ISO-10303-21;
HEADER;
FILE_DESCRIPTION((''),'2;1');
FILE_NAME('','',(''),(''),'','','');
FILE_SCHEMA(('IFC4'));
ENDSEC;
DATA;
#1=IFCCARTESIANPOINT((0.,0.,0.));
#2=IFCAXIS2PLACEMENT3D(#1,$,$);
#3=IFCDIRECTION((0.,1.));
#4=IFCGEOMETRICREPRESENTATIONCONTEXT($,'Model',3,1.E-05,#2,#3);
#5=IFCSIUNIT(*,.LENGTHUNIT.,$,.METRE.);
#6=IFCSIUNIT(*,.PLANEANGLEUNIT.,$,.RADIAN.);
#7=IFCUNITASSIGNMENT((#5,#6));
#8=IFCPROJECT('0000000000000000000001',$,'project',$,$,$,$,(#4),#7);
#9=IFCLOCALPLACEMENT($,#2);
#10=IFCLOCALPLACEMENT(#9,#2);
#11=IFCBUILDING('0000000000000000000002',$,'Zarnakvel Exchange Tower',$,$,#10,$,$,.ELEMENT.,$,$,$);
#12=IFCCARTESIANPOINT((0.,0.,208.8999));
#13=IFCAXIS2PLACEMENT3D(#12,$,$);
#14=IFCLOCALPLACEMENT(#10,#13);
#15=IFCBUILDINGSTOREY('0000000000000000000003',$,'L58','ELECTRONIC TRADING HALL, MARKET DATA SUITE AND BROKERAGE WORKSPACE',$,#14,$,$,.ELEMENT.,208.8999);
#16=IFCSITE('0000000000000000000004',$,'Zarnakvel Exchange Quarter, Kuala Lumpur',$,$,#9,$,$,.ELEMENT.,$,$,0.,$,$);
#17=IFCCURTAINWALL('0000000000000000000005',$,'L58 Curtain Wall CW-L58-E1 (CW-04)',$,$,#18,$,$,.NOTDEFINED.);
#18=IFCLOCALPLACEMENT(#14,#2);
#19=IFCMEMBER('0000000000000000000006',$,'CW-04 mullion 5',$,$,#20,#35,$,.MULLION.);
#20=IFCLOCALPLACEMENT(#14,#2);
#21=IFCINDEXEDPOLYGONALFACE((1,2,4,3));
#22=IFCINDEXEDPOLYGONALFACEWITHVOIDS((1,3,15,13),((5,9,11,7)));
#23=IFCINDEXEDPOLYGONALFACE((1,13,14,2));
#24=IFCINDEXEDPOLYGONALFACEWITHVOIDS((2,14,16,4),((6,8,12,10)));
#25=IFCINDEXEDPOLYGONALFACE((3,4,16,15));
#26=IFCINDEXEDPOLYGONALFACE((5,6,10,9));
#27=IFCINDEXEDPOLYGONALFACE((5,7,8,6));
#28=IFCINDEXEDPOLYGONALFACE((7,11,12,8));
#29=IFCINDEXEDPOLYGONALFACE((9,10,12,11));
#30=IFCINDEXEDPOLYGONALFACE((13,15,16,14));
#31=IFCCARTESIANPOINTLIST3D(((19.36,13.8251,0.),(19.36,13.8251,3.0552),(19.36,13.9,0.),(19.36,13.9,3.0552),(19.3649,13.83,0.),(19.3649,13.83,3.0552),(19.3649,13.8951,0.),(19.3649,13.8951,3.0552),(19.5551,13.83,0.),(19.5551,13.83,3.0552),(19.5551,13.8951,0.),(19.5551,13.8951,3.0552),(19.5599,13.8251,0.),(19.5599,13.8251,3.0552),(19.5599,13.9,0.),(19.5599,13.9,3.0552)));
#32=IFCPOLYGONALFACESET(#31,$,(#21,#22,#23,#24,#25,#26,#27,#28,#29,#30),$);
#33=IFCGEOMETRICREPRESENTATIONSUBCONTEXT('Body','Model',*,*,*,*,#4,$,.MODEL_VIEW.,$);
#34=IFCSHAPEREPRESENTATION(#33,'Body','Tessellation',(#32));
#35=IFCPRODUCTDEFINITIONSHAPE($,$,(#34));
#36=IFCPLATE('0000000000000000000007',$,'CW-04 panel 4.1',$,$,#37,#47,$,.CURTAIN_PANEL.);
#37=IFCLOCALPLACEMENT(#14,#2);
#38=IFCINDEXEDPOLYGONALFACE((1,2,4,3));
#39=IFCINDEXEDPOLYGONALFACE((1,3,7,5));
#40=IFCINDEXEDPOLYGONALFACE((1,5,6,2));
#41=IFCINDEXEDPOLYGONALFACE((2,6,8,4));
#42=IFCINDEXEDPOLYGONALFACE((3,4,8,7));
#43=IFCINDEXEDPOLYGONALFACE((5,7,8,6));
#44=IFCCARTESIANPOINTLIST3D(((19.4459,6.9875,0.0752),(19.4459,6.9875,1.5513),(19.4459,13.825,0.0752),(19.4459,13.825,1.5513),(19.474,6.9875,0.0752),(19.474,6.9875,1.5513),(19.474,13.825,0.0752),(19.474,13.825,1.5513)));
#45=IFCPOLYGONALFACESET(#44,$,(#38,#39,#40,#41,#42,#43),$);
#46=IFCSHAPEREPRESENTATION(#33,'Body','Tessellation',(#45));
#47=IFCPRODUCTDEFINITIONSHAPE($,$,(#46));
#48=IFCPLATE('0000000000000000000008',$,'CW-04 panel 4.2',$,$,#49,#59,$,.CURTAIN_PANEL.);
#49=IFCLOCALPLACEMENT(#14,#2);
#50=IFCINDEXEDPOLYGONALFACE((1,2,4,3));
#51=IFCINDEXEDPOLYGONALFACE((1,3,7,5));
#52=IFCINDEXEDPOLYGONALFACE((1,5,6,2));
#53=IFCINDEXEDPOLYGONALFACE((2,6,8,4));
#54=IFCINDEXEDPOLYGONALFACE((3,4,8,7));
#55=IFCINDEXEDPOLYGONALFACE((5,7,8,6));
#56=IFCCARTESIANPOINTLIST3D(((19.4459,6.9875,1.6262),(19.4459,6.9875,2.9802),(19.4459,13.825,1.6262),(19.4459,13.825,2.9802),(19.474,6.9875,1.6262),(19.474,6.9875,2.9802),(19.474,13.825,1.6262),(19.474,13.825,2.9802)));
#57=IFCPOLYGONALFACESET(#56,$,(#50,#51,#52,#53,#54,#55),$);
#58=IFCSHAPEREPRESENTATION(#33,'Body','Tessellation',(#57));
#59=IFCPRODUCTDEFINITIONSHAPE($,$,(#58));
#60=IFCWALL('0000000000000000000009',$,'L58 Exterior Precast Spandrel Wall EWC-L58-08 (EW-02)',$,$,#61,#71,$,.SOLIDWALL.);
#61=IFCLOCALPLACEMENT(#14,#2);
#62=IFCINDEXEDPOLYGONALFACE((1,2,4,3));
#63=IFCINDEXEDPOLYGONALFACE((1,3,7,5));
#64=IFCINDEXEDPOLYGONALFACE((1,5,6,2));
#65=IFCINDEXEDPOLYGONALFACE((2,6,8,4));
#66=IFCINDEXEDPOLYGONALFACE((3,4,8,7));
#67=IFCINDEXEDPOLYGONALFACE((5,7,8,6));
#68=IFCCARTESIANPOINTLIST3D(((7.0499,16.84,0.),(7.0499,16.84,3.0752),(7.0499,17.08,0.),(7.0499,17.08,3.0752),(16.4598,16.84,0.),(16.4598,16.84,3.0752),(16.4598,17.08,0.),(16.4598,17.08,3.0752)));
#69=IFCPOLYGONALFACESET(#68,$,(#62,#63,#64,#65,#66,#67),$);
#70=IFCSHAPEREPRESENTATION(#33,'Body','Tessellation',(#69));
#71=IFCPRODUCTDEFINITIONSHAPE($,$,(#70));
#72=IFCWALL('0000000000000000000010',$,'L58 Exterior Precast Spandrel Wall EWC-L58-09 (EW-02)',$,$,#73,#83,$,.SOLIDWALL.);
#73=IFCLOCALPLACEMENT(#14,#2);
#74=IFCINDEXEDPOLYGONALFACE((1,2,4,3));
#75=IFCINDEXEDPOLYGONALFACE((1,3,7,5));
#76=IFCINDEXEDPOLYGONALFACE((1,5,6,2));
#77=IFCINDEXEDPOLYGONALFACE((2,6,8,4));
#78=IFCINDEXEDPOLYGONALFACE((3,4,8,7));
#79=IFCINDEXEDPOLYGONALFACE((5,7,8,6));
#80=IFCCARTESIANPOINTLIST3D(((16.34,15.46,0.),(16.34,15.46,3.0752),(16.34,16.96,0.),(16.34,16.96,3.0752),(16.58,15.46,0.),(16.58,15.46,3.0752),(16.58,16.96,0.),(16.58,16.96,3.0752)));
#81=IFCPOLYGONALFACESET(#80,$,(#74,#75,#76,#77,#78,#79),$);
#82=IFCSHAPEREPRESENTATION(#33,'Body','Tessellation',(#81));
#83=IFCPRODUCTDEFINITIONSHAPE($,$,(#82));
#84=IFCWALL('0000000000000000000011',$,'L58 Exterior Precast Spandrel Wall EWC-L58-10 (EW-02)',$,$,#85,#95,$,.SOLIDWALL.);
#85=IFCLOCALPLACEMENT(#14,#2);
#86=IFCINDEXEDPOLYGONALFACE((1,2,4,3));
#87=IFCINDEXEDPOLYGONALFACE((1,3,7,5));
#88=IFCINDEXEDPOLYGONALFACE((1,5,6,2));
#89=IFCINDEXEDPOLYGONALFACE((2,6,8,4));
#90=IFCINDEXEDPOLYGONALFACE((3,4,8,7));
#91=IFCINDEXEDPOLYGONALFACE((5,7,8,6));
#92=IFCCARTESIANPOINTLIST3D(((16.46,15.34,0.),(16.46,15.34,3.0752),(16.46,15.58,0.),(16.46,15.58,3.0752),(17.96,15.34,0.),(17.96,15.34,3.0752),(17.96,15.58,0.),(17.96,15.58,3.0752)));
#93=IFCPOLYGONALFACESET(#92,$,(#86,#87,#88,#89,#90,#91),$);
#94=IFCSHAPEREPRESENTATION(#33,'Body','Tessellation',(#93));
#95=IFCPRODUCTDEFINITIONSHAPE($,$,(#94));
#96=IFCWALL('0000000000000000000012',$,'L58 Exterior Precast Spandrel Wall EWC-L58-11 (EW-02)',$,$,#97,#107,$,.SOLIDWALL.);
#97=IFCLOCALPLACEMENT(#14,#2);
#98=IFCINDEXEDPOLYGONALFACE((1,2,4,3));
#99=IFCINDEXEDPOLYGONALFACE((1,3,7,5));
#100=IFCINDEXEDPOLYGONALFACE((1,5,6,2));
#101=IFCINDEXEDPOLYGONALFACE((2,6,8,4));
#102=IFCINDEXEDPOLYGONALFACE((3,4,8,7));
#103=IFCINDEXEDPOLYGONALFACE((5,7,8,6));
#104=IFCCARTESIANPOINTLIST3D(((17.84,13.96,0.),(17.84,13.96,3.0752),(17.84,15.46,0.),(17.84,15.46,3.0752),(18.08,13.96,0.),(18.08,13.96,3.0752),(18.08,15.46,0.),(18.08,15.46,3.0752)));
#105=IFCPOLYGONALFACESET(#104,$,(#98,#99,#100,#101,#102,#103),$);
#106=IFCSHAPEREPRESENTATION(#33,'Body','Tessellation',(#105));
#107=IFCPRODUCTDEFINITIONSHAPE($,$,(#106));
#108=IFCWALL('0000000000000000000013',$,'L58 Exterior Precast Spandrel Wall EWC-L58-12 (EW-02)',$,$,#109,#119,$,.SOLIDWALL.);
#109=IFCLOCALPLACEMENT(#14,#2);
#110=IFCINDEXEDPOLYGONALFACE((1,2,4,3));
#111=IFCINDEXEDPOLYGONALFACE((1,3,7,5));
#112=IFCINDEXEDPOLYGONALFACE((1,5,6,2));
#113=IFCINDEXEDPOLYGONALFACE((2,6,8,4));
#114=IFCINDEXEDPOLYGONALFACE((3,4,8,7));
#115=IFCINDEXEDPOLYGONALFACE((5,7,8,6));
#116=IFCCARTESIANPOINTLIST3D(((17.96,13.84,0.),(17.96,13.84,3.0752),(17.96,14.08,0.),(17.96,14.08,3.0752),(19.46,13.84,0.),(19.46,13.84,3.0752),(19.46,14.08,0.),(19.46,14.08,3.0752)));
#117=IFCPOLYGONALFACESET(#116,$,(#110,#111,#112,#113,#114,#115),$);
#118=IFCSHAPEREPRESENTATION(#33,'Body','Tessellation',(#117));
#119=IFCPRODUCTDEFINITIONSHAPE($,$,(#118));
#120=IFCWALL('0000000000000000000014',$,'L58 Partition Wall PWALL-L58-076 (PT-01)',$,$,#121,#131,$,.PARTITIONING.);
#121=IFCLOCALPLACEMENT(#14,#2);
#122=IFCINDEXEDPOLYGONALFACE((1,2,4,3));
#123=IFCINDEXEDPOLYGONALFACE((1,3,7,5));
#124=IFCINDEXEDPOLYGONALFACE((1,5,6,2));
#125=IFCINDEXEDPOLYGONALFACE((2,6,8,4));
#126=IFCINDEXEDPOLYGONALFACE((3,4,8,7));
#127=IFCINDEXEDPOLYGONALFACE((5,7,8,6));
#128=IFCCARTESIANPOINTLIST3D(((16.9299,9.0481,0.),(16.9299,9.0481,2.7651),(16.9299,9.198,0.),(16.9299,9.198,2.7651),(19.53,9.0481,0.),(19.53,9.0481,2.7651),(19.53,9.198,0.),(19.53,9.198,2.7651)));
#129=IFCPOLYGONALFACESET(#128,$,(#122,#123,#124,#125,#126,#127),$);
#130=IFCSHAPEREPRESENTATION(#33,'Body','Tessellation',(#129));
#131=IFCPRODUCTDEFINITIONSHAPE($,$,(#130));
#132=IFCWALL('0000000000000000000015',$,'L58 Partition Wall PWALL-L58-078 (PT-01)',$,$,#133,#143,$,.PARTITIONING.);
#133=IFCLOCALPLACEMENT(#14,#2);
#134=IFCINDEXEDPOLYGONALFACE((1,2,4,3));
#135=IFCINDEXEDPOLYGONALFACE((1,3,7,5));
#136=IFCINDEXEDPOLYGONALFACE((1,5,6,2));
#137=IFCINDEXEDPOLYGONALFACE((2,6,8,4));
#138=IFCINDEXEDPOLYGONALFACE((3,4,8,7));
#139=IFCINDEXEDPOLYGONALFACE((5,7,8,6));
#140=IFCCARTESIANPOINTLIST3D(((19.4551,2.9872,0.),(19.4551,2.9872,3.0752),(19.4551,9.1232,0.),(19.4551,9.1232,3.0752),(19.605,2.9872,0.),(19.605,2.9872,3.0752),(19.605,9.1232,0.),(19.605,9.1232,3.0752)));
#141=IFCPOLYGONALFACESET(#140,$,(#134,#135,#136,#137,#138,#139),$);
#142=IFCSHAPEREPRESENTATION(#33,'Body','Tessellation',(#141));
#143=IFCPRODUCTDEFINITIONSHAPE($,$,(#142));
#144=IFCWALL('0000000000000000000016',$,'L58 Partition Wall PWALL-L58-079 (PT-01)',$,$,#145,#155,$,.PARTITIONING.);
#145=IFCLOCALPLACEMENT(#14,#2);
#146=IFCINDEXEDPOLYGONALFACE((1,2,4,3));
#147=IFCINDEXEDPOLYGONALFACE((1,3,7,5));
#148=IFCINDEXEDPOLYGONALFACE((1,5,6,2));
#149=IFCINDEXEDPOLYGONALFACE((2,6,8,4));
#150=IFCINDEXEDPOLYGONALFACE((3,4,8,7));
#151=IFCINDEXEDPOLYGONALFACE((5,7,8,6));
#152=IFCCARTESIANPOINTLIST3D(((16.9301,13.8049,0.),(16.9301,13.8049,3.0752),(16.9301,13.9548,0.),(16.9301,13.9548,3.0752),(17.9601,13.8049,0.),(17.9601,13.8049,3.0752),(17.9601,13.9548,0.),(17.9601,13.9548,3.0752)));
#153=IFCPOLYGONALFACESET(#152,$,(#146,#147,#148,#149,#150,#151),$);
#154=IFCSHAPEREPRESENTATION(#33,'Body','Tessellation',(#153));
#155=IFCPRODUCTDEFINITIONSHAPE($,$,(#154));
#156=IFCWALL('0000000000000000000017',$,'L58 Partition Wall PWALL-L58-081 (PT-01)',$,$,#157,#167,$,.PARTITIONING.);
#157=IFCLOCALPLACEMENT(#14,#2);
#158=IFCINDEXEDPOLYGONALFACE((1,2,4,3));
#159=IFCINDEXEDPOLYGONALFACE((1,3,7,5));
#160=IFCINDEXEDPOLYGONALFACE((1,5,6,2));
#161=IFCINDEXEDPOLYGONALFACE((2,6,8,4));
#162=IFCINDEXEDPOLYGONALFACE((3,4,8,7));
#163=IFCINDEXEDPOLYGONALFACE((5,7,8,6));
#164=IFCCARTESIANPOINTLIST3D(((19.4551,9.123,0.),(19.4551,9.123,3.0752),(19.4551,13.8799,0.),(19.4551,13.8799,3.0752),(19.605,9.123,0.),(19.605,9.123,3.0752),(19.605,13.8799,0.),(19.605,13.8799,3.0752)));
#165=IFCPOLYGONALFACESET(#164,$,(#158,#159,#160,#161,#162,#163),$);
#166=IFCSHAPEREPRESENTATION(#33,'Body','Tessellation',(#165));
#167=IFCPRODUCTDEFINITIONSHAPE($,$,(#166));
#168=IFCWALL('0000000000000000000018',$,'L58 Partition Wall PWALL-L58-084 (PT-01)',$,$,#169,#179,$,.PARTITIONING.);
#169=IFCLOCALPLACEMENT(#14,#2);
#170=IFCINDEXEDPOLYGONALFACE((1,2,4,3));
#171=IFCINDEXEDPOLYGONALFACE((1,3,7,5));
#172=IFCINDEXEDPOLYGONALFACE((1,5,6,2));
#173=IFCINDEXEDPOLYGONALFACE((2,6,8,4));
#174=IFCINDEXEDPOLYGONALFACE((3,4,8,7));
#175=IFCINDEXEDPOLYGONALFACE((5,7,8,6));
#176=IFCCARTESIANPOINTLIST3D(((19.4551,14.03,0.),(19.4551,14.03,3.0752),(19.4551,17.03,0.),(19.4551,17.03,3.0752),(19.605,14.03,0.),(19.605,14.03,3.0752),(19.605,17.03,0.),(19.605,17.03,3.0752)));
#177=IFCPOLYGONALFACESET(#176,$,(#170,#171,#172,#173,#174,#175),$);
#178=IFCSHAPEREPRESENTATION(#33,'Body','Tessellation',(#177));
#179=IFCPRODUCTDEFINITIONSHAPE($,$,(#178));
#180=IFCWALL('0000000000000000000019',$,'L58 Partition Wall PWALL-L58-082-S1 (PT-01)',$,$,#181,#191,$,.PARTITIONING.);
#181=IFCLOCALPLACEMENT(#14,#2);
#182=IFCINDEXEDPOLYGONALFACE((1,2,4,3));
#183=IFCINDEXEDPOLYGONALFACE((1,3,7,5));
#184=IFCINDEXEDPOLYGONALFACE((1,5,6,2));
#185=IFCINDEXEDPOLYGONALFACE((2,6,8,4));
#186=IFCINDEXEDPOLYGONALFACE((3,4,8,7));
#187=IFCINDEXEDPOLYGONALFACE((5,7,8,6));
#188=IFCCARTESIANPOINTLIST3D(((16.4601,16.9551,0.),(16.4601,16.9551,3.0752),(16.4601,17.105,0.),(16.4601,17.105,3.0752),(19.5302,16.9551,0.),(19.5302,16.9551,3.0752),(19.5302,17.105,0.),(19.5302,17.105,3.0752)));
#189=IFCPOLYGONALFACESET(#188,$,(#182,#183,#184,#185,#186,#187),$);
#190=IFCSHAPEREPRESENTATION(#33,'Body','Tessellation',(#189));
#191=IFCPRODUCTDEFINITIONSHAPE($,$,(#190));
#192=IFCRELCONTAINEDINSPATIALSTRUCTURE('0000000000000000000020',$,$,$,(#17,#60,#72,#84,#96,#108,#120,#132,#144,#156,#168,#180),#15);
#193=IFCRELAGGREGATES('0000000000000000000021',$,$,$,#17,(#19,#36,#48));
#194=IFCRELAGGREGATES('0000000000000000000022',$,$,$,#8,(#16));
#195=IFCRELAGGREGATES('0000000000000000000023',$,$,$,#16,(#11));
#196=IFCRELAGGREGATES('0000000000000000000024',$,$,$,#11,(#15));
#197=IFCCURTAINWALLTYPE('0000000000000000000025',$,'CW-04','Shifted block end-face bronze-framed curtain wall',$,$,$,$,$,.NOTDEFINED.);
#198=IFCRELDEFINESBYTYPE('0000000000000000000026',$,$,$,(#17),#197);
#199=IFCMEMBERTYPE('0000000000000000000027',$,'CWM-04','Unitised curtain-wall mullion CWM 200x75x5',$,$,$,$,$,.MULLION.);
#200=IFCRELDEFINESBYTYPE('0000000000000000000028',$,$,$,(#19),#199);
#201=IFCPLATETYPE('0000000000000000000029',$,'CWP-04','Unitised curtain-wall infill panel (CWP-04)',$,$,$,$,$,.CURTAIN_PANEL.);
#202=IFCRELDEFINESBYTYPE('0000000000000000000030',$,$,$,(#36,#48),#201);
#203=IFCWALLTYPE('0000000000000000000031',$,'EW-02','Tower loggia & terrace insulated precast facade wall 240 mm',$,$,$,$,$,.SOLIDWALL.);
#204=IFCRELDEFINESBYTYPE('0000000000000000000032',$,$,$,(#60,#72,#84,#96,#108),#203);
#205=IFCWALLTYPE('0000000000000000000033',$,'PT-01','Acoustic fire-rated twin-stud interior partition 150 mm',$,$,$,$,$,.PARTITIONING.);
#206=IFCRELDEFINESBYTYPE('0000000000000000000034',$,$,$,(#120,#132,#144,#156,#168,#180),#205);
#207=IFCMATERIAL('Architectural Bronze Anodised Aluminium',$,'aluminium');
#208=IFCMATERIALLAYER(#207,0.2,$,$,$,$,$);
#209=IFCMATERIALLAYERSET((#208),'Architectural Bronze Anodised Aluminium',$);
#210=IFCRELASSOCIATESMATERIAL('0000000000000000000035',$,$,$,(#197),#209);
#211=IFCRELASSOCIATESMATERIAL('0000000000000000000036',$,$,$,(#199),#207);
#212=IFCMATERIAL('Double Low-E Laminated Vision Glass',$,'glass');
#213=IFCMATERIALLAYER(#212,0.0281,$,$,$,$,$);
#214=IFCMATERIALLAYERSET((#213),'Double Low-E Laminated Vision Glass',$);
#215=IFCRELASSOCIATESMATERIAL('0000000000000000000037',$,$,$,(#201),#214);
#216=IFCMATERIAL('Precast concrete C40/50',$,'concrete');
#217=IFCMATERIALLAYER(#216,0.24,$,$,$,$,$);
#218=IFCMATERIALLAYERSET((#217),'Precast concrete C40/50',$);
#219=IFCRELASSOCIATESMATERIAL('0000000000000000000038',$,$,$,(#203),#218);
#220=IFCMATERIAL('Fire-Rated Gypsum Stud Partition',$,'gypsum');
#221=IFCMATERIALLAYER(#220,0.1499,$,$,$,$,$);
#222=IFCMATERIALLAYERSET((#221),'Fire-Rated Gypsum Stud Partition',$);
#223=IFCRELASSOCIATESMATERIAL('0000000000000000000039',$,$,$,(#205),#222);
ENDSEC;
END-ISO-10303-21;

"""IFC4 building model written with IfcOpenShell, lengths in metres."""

from ifc_helpers import new_model, si_unit, direction, frame, frame_2d, origin, origin_2d, place, context, subcontext, project, spatial, rectangle, hollow_rectangle, extrude, source, transform, mapped, material, layer, layer_set, material_profile, profile_set, type_object, element, aggregate, save


model = new_model("IFC4")

# Units and contexts
model_context = context("Model", 3, precision=1e-05, world=origin(), true_north=direction((0.0, 1.0)))
body_context = subcontext(model_context, "Body", "Model", "MODEL_VIEW")
ifc_project = project(units=[si_unit("LENGTHUNIT", "METRE"), si_unit("PLANEANGLEUNIT", "RADIAN")], contexts=[model_context])

# Site, building, storey
site_placement = place(None, origin())
site = spatial("IfcSite", under=ifc_project, at=site_placement, Name="Zarnakvel Exchange Quarter, Kuala Lumpur", CompositionType="ELEMENT", RefElevation=0.0)
building_placement = place(site_placement, origin())
building = spatial("IfcBuilding", under=site, at=building_placement, Name="Zarnakvel Exchange Tower", CompositionType="ELEMENT")
storey_placement = place(building_placement, frame((0.0, 0.0, 208.8999)))
storey = spatial("IfcBuildingStorey", under=building, at=storey_placement, Name="L58", Description="ELECTRONIC TRADING HALL, MARKET DATA SUITE AND BROKERAGE WORKSPACE", CompositionType="ELEMENT", Elevation=208.8999)

# Curtain wall, member, plates
ifc_material_1 = material(Name="Architectural Bronze Anodised Aluminium", Category="aluminium")
ifc_layer_1 = layer(ifc_material_1, 0.2)
ifc_layer_set_1 = layer_set([ifc_layer_1], Name="Architectural Bronze Anodised Aluminium")
curtain_wall_type = type_object("IfcCurtainWallType", Name="CW-04", Description="Shifted block end-face bronze-framed curtain wall", PredefinedType="NOTDEFINED", material=ifc_layer_set_1)
curtain_wall_placement = place(storey_placement, origin())
curtain_wall = element("IfcCurtainWall", 1, at=curtain_wall_placement, inside=storey, type_object=curtain_wall_type, Name="L58 Curtain Wall CW-L58-E1 (CW-04)", PredefinedType="NOTDEFINED")
ifc_material_profile_1 = material_profile(ifc_material_1, hollow_rectangle(XDim=0.2, YDim=0.075, WallThickness=0.0049, at=origin_2d()))
ifc_profile_set_1 = profile_set([ifc_material_profile_1], Name="Architectural Bronze Anodised Aluminium")
member_type = type_object("IfcMemberType", Name="CWM-04", Description="Unitised curtain-wall mullion CWM 200x75x5", PredefinedType="MULLION", material=ifc_profile_set_1)
shared_shape_1 = source(origin(), body_context, "Body", "SweptSolid", [
    extrude(hollow_rectangle(XDim=0.2, YDim=0.075, WallThickness=0.0049, at=origin_2d()), origin(), (0.0, 0.0, 1.0), 3.0552),
])
member_placement = place(storey_placement, frame((19.46, 13.8625, 0.0), z_axis=(0.0, 0.0, 1.0), x_axis=(-1.0, 0.0, 0.0)))
member = element("IfcMember", 2, at=member_placement, type_object=member_type, Name="CW-04 mullion 5", PredefinedType="MULLION", context=body_context, shape_type="MappedRepresentation", body=[
    mapped(shared_shape_1, transform((0.0, 0.0, 0.0), x_axis=(1.0, 0.0, 0.0), y_axis=(0.0, 1.0, 0.0), z_axis=(0.0, 0.0, 1.0), scale=1.0)),
])
ifc_material_2 = material(Name="Double Low-E Laminated Vision Glass", Category="glass")
ifc_layer_2 = layer(ifc_material_2, 0.0281)
ifc_layer_set_2 = layer_set([ifc_layer_2], Name="Double Low-E Laminated Vision Glass")
plate_type = type_object("IfcPlateType", Name="CWP-04", Description="Unitised curtain-wall infill panel (CWP-04)", PredefinedType="CURTAIN_PANEL", material=ifc_layer_set_2)
shared_shape_2 = source(origin(), body_context, "Body", "SweptSolid", [
    extrude(rectangle(XDim=6.8374, YDim=0.0281, at=origin_2d()), origin(), (0.0, 0.0, 1.0), 1.4761),
])
plate_1_placement = place(storey_placement, frame((19.46, 10.4062, 0.0752), z_axis=(0.0, 0.0, 1.0), x_axis=(0.0, 1.0, 0.0)))
plate_1 = element("IfcPlate", 3, at=plate_1_placement, type_object=plate_type, Name="CW-04 panel 4.1", PredefinedType="CURTAIN_PANEL", context=body_context, shape_type="MappedRepresentation", body=[
    mapped(shared_shape_2, transform((0.0, 0.0, 0.0), x_axis=(1.0, 0.0, 0.0), y_axis=(0.0, 1.0, 0.0), z_axis=(0.0, 0.0, 1.0), scale=1.0)),
])
shared_shape_3 = source(origin(), body_context, "Body", "SweptSolid", [
    extrude(rectangle(XDim=6.8374, YDim=0.0281, at=origin_2d()), origin(), (0.0, 0.0, 1.0), 1.354),
])
plate_2_placement = place(storey_placement, frame((19.46, 10.4062, 1.6262), z_axis=(0.0, 0.0, 1.0), x_axis=(0.0, 1.0, 0.0)))
plate_2 = element("IfcPlate", 4, at=plate_2_placement, type_object=plate_type, Name="CW-04 panel 4.2", PredefinedType="CURTAIN_PANEL", context=body_context, shape_type="MappedRepresentation", body=[
    mapped(shared_shape_3, transform((0.0, 0.0, 0.0), x_axis=(1.0, 0.0, 0.0), y_axis=(0.0, 1.0, 0.0), z_axis=(0.0, 0.0, 1.0), scale=1.0)),
])
aggregate(curtain_wall, [member, plate_1, plate_2])

# Walls
ifc_material_3 = material(Name="Precast concrete C40/50", Category="concrete")
ifc_layer_3 = layer(ifc_material_3, 0.24)
ifc_layer_set_3 = layer_set([ifc_layer_3], Name="Precast concrete C40/50")
wall_type_1 = type_object("IfcWallType", Name="EW-02", Description="Tower loggia & terrace insulated precast facade wall 240 mm", PredefinedType="SOLIDWALL", material=ifc_layer_set_3)
wall_1_placement = place(storey_placement, frame((16.46, 16.96, 0.0), z_axis=(0.0, 0.0, 1.0), x_axis=(-1.0, 0.0, 0.0)))
element("IfcWall", 5, at=wall_1_placement, inside=storey, type_object=wall_type_1, Name="L58 Exterior Precast Spandrel Wall EWC-L58-08 (EW-02)", PredefinedType="SOLIDWALL", context=body_context, shape_type="SweptSolid", body=[
    extrude(rectangle(XDim=9.4099, YDim=0.24, at=frame_2d((4.7051, 0.0))), origin(), (0.0, 0.0, 1.0), 3.0752),
])
for number, where, z_axis, x_axis, name in (
    (6, (16.46, 15.46, 0.0), (0.0, 0.0, 1.0), (0.0, 1.0, 0.0), "L58 Exterior Precast Spandrel Wall EWC-L58-09 (EW-02)"),
    (7, (17.96, 15.46, 0.0), (0.0, 0.0, 1.0), (-1.0, 0.0, 0.0), "L58 Exterior Precast Spandrel Wall EWC-L58-10 (EW-02)"),
    (8, (17.96, 13.96, 0.0), (0.0, 0.0, 1.0), (0.0, 1.0, 0.0), "L58 Exterior Precast Spandrel Wall EWC-L58-11 (EW-02)"),
    (9, (19.46, 13.96, 0.0), (0.0, 0.0, 1.0), (-1.0, 0.0, 0.0), "L58 Exterior Precast Spandrel Wall EWC-L58-12 (EW-02)"),
):
    element("IfcWall", number, at=place(storey_placement, frame(where, z_axis=z_axis, x_axis=x_axis)), inside=storey, type_object=wall_type_1, Name=name, PredefinedType="SOLIDWALL", context=body_context, shape_type="SweptSolid", body=[
        extrude(rectangle(XDim=1.5, YDim=0.24, at=frame_2d((0.75, 0.0))), origin(), (0.0, 0.0, 1.0), 3.0752),
    ])
ifc_material_4 = material(Name="Fire-Rated Gypsum Stud Partition", Category="gypsum")
ifc_layer_4 = layer(ifc_material_4, 0.1499)
ifc_layer_set_4 = layer_set([ifc_layer_4], Name="Fire-Rated Gypsum Stud Partition")
wall_type_2 = type_object("IfcWallType", Name="PT-01", Description="Acoustic fire-rated twin-stud interior partition 150 mm", PredefinedType="PARTITIONING", material=ifc_layer_set_4)
wall_2_placement = place(storey_placement, frame((16.9299, 9.123, 0.0), z_axis=(0.0, 0.0, 1.0), x_axis=(1.0, 0.0, 0.0)))
element("IfcWall", 10, at=wall_2_placement, inside=storey, type_object=wall_type_2, Name="L58 Partition Wall PWALL-L58-076 (PT-01)", PredefinedType="PARTITIONING", context=body_context, shape_type="SweptSolid", body=[
    extrude(rectangle(XDim=2.6001, YDim=0.1499, at=frame_2d((1.3, 0.0))), origin(), (0.0, 0.0, 1.0), 2.7651),
])
wall_3_placement = place(storey_placement, frame((19.53, 9.123, 0.0), z_axis=(0.0, 0.0, 1.0), x_axis=(0.0, -1.0, 0.0)))
element("IfcWall", 11, at=wall_3_placement, inside=storey, type_object=wall_type_2, Name="L58 Partition Wall PWALL-L58-078 (PT-01)", PredefinedType="PARTITIONING", context=body_context, shape_type="SweptSolid", body=[
    extrude(rectangle(XDim=6.136, YDim=0.1499, at=frame_2d((3.0679, 0.0))), origin(), (0.0, 0.0, 1.0), 3.0752),
])
wall_4_placement = place(storey_placement, frame((16.9299, 13.8799, 0.0), z_axis=(0.0, 0.0, 1.0), x_axis=(1.0, 0.0, 0.0)))
element("IfcWall", 12, at=wall_4_placement, inside=storey, type_object=wall_type_2, Name="L58 Partition Wall PWALL-L58-079 (PT-01)", PredefinedType="PARTITIONING", context=body_context, shape_type="SweptSolid", body=[
    extrude(rectangle(XDim=1.03, YDim=0.1499, at=frame_2d((0.5151, 0.0))), origin(), (0.0, 0.0, 1.0), 3.0752),
])

# Walls
wall_5_placement = place(storey_placement, frame((19.53, 13.8799, 0.0), z_axis=(0.0, 0.0, 1.0), x_axis=(0.0, -1.0, 0.0)))
element("IfcWall", 13, at=wall_5_placement, inside=storey, type_object=wall_type_2, Name="L58 Partition Wall PWALL-L58-081 (PT-01)", PredefinedType="PARTITIONING", context=body_context, shape_type="SweptSolid", body=[
    extrude(rectangle(XDim=4.7568, YDim=0.1499, at=frame_2d((2.3784, 0.0))), origin(), (0.0, 0.0, 1.0), 3.0752),
])
wall_6_placement = place(storey_placement, frame((19.53, 17.03, 0.0), z_axis=(0.0, 0.0, 1.0), x_axis=(0.0, -1.0, 0.0)))
element("IfcWall", 14, at=wall_6_placement, inside=storey, type_object=wall_type_2, Name="L58 Partition Wall PWALL-L58-084 (PT-01)", PredefinedType="PARTITIONING", context=body_context, shape_type="SweptSolid", body=[
    extrude(rectangle(XDim=3.0, YDim=0.1499, at=frame_2d((1.5, 0.0))), origin(), (0.0, 0.0, 1.0), 3.0752),
])
wall_7_placement = place(storey_placement, frame((16.46, 17.03, 0.0), z_axis=(0.0, 0.0, 1.0), x_axis=(1.0, 0.0, 0.0)))
element("IfcWall", 15, at=wall_7_placement, inside=storey, type_object=wall_type_2, Name="L58 Partition Wall PWALL-L58-082-S1 (PT-01)", PredefinedType="PARTITIONING", context=body_context, shape_type="SweptSolid", body=[
    extrude(rectangle(XDim=3.0701, YDim=0.1499, at=frame_2d((1.5352, 0.0))), origin(), (0.0, 0.0, 1.0), 3.0752),
])

save(model, "model.ifc")
